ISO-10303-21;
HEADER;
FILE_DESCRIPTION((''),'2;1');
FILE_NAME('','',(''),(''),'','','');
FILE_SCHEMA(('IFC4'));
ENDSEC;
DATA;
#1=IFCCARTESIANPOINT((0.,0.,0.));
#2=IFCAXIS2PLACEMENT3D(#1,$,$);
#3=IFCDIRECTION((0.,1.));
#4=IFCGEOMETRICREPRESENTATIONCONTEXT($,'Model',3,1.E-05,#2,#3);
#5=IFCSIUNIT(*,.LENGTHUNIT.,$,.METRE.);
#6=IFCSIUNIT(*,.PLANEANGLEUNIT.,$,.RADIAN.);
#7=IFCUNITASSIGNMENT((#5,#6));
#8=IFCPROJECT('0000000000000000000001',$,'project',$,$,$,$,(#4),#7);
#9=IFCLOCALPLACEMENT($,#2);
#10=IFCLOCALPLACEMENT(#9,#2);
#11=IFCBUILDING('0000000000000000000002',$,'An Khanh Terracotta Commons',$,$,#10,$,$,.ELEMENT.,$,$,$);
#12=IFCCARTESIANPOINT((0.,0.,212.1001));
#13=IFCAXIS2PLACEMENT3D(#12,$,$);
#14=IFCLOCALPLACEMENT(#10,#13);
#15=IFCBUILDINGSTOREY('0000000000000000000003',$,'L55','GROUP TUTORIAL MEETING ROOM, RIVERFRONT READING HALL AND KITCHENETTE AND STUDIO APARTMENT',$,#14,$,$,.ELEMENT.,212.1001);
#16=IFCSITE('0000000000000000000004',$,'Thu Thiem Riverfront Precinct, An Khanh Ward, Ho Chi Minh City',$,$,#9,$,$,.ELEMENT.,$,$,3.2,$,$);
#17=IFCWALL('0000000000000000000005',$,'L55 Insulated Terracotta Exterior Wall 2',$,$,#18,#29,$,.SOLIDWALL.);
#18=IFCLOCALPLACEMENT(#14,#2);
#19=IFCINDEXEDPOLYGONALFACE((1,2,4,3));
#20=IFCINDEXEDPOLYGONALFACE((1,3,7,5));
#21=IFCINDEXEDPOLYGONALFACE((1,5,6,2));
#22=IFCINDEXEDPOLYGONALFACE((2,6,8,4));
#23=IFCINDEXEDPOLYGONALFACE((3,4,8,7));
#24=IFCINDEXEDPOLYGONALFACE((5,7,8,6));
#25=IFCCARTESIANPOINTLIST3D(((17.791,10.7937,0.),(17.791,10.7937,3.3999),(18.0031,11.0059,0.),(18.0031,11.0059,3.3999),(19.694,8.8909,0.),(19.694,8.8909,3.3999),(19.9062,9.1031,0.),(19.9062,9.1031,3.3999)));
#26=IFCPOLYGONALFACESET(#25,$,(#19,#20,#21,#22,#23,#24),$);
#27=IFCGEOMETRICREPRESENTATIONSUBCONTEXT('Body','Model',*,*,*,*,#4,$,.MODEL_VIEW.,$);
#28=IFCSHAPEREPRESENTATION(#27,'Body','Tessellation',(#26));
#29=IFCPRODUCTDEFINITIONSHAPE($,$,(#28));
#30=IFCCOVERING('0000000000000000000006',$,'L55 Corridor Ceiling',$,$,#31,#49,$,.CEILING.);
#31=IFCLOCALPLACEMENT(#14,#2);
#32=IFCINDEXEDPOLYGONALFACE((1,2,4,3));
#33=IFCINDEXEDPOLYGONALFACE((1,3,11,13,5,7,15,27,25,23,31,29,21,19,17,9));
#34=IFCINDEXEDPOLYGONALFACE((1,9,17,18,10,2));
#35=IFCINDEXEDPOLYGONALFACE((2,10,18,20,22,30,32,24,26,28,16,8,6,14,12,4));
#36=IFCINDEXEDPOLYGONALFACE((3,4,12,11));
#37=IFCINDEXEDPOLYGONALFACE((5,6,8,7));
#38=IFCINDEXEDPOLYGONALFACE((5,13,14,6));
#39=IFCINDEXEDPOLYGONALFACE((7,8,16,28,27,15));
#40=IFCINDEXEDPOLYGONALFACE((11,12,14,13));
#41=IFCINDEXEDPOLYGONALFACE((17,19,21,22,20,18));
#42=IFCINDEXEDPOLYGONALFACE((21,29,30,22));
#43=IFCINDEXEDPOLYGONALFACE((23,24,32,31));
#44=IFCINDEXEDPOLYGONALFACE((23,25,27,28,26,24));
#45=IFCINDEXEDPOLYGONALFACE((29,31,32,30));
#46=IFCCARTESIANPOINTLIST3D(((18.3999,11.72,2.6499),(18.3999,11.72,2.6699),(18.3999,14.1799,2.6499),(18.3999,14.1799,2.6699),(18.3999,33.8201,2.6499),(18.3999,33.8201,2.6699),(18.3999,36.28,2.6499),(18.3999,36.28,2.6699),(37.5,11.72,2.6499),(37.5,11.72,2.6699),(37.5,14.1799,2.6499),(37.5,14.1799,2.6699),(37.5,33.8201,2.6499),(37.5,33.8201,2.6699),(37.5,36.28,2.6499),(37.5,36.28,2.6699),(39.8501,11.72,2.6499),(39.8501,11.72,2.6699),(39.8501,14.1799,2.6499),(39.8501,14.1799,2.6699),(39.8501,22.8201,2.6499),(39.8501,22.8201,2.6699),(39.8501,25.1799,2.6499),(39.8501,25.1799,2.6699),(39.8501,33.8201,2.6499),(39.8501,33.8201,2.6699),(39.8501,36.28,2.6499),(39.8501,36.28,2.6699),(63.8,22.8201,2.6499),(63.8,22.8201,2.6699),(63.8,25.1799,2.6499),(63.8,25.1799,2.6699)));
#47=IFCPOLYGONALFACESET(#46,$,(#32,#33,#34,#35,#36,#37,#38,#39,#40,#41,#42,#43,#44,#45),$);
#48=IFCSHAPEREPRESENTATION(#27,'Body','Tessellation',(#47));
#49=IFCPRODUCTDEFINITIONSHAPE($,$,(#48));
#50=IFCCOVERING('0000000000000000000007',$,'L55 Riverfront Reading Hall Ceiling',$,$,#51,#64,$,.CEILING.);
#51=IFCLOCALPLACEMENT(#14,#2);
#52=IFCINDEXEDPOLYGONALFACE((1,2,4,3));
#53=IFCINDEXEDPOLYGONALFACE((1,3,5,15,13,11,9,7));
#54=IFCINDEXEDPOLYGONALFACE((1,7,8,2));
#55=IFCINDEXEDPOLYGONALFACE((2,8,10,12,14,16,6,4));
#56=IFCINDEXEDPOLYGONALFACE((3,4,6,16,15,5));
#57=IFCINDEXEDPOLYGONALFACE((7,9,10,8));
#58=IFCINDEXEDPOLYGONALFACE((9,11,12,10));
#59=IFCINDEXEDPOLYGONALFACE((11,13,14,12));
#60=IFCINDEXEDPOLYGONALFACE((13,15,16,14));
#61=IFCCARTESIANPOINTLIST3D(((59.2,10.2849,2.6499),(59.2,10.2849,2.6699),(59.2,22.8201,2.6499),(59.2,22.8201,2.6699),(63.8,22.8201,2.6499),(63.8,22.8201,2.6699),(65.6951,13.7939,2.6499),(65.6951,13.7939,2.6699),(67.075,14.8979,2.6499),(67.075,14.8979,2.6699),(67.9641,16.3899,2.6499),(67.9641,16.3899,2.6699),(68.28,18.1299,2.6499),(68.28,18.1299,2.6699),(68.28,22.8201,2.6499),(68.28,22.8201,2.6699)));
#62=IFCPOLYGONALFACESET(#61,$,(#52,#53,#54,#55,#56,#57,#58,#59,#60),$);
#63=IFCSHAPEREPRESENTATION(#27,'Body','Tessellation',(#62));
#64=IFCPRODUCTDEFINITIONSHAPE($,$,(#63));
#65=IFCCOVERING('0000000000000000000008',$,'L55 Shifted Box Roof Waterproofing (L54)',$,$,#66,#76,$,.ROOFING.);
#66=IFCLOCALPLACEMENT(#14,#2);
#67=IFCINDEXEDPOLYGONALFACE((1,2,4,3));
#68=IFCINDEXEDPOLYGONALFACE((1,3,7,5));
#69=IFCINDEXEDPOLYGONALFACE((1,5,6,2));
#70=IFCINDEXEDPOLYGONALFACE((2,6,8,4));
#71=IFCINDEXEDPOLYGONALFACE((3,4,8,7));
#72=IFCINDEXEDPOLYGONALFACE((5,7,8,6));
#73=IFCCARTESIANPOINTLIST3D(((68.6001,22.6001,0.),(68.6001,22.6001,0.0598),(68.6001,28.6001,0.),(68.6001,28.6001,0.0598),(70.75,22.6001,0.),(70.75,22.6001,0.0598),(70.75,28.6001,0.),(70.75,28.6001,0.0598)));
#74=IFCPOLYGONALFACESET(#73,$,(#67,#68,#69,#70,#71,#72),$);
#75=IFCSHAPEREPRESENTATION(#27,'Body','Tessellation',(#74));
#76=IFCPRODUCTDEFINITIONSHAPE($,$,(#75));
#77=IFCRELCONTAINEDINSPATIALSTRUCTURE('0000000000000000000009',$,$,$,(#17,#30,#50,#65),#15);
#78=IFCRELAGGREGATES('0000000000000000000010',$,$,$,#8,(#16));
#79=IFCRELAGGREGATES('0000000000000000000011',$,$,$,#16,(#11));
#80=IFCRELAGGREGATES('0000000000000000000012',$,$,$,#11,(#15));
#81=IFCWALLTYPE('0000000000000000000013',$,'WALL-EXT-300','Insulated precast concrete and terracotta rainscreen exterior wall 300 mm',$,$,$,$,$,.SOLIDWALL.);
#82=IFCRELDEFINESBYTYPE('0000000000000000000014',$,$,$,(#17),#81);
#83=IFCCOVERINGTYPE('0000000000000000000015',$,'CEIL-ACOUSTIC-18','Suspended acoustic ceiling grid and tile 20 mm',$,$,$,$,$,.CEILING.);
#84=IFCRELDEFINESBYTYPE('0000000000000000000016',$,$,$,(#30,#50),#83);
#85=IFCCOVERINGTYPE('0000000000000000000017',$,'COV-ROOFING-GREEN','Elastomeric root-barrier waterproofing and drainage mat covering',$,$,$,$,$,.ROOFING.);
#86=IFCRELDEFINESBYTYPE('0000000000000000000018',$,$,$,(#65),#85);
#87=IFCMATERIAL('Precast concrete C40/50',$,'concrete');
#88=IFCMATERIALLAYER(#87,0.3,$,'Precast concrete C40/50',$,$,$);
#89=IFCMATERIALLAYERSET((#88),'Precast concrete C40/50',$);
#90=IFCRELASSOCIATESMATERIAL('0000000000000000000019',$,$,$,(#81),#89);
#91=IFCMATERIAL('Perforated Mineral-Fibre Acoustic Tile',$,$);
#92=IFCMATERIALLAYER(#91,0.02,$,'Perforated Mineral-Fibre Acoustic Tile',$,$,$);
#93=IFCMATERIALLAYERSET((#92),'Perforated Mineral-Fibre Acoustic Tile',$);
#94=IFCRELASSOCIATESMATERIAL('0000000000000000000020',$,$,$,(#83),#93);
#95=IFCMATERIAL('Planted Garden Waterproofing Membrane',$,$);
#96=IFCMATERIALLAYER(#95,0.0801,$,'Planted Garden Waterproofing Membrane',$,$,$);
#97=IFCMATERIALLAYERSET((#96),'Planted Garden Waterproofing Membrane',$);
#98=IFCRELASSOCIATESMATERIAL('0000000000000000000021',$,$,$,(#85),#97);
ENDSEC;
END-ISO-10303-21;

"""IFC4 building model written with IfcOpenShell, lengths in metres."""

from ifc_helpers import new_model, si_unit, direction, frame, frame_2d, origin, place, context, subcontext, project, spatial, polyline, rectangle, outline, extrude, material, layer, layer_set, type_object, element, save


model = new_model("IFC4")

# Units and contexts
model_context = context("Model", 3, precision=1e-05, world=origin(), true_north=direction((0.0, 1.0)))
body_context = subcontext(model_context, "Body", "Model", "MODEL_VIEW")
ifc_project = project(units=[si_unit("LENGTHUNIT", "METRE"), si_unit("PLANEANGLEUNIT", "RADIAN")], contexts=[model_context])

# Site, building, storey
site_placement = place(None, origin())
site = spatial("IfcSite", under=ifc_project, at=site_placement, Name="Thu Thiem Riverfront Precinct, An Khanh Ward, Ho Chi Minh City", CompositionType="ELEMENT", RefElevation=3.2)
building_placement = place(site_placement, origin())
building = spatial("IfcBuilding", under=site, at=building_placement, Name="An Khanh Terracotta Commons", CompositionType="ELEMENT")
storey_placement = place(building_placement, frame((0.0, 0.0, 212.1001)))
storey = spatial("IfcBuildingStorey", under=building, at=storey_placement, Name="L55", Description="GROUP TUTORIAL MEETING ROOM, RIVERFRONT READING HALL AND KITCHENETTE AND STUDIO APARTMENT", CompositionType="ELEMENT", Elevation=212.1001)

# Shared definitions
ifc_material_1 = material(Name="Precast concrete C40/50", Category="concrete")

# Wall
ifc_layer_1 = layer(ifc_material_1, 0.3, Name="Precast concrete C40/50")
ifc_layer_set_1 = layer_set([ifc_layer_1], Name="Precast concrete C40/50")
wall_type_1 = type_object("IfcWallType", Name="WALL-EXT-300", Description="Insulated precast concrete and terracotta rainscreen exterior wall 300 mm", PredefinedType="SOLIDWALL", material=ifc_layer_set_1)
wall_1_placement = place(storey_placement, frame((17.897, 10.8999, 0.0), z_axis=(0.0, 0.0, 1.0), x_axis=(0.707152, -0.707061, 0.0)))
element("IfcWall", 1, at=wall_1_placement, inside=storey, type_object=wall_type_1, Name="L55 Insulated Terracotta Exterior Wall 2", PredefinedType="SOLIDWALL", context=body_context, shape_type="SweptSolid", body=[
    extrude(rectangle(XDim=2.6912, YDim=0.3, at=frame_2d((1.3457, 0.0))), origin(), (0.0, 0.0, 1.0), 3.3999),
])

# Coverings
ifc_material_2 = material(Name="Perforated Mineral-Fibre Acoustic Tile")
ifc_layer_2 = layer(ifc_material_2, 0.02, Name="Perforated Mineral-Fibre Acoustic Tile")
ifc_layer_set_2 = layer_set([ifc_layer_2], Name="Perforated Mineral-Fibre Acoustic Tile")
covering_type_1 = type_object("IfcCoveringType", Name="CEIL-ACOUSTIC-18", Description="Suspended acoustic ceiling grid and tile 20 mm", PredefinedType="CEILING", material=ifc_layer_set_2)
covering_1_placement = place(storey_placement, frame((0.0, 0.0, 2.6499)))
element("IfcCovering", 2, at=covering_1_placement, inside=storey, type_object=covering_type_1, Name="L55 Corridor Ceiling", PredefinedType="CEILING", context=body_context, shape_type="SweptSolid", body=[
    extrude(outline(polyline([(18.3999, 11.72), (18.3999, 14.1799), (37.5, 14.1799), (37.5, 33.8201), (18.3999, 33.8201), (18.3999, 36.28), (37.5, 36.28), (39.8501, 36.28), (39.8501, 33.8201), (39.8501, 25.1799), (63.8, 25.1799), (63.8, 22.8201), (39.8501, 22.8201), (39.8501, 14.1799), (39.8501, 11.72), (37.5, 11.72), (18.3999, 11.72)])), origin(), (0.0, 0.0, 1.0), 0.02),
])
covering_2_placement = place(storey_placement, frame((0.0, 0.0, 2.6499)))
element("IfcCovering", 3, at=covering_2_placement, inside=storey, type_object=covering_type_1, Name="L55 Riverfront Reading Hall Ceiling", PredefinedType="CEILING", context=body_context, shape_type="SweptSolid", body=[
    extrude(outline(polyline([(68.28, 18.1299), (67.9641, 16.3899), (67.075, 14.8979), (65.6951, 13.7939), (59.2, 10.2849), (59.2, 22.8201), (63.8, 22.8201), (68.28, 22.8201), (68.28, 18.1299)])), origin(), (0.0, 0.0, 1.0), 0.02),
])
ifc_material_3 = material(Name="Planted Garden Waterproofing Membrane")
ifc_layer_3 = layer(ifc_material_3, 0.0801, Name="Planted Garden Waterproofing Membrane")
ifc_layer_set_3 = layer_set([ifc_layer_3], Name="Planted Garden Waterproofing Membrane")
covering_type_2 = type_object("IfcCoveringType", Name="COV-ROOFING-GREEN", Description="Elastomeric root-barrier waterproofing and drainage mat covering", PredefinedType="ROOFING", material=ifc_layer_set_3)
covering_3_placement = place(storey_placement, origin())
element("IfcCovering", 4, at=covering_3_placement, inside=storey, type_object=covering_type_2, Name="L55 Shifted Box Roof Waterproofing (L54)", PredefinedType="ROOFING", context=body_context, shape_type="SweptSolid", body=[
    extrude(outline(polyline([(68.6001, 22.6001), (70.75, 22.6001), (70.75, 28.6001), (68.6001, 28.6001), (68.6001, 22.6001)])), origin(), (0.0, 0.0, 1.0), 0.0598),
])

save(model, "model.ifc")
